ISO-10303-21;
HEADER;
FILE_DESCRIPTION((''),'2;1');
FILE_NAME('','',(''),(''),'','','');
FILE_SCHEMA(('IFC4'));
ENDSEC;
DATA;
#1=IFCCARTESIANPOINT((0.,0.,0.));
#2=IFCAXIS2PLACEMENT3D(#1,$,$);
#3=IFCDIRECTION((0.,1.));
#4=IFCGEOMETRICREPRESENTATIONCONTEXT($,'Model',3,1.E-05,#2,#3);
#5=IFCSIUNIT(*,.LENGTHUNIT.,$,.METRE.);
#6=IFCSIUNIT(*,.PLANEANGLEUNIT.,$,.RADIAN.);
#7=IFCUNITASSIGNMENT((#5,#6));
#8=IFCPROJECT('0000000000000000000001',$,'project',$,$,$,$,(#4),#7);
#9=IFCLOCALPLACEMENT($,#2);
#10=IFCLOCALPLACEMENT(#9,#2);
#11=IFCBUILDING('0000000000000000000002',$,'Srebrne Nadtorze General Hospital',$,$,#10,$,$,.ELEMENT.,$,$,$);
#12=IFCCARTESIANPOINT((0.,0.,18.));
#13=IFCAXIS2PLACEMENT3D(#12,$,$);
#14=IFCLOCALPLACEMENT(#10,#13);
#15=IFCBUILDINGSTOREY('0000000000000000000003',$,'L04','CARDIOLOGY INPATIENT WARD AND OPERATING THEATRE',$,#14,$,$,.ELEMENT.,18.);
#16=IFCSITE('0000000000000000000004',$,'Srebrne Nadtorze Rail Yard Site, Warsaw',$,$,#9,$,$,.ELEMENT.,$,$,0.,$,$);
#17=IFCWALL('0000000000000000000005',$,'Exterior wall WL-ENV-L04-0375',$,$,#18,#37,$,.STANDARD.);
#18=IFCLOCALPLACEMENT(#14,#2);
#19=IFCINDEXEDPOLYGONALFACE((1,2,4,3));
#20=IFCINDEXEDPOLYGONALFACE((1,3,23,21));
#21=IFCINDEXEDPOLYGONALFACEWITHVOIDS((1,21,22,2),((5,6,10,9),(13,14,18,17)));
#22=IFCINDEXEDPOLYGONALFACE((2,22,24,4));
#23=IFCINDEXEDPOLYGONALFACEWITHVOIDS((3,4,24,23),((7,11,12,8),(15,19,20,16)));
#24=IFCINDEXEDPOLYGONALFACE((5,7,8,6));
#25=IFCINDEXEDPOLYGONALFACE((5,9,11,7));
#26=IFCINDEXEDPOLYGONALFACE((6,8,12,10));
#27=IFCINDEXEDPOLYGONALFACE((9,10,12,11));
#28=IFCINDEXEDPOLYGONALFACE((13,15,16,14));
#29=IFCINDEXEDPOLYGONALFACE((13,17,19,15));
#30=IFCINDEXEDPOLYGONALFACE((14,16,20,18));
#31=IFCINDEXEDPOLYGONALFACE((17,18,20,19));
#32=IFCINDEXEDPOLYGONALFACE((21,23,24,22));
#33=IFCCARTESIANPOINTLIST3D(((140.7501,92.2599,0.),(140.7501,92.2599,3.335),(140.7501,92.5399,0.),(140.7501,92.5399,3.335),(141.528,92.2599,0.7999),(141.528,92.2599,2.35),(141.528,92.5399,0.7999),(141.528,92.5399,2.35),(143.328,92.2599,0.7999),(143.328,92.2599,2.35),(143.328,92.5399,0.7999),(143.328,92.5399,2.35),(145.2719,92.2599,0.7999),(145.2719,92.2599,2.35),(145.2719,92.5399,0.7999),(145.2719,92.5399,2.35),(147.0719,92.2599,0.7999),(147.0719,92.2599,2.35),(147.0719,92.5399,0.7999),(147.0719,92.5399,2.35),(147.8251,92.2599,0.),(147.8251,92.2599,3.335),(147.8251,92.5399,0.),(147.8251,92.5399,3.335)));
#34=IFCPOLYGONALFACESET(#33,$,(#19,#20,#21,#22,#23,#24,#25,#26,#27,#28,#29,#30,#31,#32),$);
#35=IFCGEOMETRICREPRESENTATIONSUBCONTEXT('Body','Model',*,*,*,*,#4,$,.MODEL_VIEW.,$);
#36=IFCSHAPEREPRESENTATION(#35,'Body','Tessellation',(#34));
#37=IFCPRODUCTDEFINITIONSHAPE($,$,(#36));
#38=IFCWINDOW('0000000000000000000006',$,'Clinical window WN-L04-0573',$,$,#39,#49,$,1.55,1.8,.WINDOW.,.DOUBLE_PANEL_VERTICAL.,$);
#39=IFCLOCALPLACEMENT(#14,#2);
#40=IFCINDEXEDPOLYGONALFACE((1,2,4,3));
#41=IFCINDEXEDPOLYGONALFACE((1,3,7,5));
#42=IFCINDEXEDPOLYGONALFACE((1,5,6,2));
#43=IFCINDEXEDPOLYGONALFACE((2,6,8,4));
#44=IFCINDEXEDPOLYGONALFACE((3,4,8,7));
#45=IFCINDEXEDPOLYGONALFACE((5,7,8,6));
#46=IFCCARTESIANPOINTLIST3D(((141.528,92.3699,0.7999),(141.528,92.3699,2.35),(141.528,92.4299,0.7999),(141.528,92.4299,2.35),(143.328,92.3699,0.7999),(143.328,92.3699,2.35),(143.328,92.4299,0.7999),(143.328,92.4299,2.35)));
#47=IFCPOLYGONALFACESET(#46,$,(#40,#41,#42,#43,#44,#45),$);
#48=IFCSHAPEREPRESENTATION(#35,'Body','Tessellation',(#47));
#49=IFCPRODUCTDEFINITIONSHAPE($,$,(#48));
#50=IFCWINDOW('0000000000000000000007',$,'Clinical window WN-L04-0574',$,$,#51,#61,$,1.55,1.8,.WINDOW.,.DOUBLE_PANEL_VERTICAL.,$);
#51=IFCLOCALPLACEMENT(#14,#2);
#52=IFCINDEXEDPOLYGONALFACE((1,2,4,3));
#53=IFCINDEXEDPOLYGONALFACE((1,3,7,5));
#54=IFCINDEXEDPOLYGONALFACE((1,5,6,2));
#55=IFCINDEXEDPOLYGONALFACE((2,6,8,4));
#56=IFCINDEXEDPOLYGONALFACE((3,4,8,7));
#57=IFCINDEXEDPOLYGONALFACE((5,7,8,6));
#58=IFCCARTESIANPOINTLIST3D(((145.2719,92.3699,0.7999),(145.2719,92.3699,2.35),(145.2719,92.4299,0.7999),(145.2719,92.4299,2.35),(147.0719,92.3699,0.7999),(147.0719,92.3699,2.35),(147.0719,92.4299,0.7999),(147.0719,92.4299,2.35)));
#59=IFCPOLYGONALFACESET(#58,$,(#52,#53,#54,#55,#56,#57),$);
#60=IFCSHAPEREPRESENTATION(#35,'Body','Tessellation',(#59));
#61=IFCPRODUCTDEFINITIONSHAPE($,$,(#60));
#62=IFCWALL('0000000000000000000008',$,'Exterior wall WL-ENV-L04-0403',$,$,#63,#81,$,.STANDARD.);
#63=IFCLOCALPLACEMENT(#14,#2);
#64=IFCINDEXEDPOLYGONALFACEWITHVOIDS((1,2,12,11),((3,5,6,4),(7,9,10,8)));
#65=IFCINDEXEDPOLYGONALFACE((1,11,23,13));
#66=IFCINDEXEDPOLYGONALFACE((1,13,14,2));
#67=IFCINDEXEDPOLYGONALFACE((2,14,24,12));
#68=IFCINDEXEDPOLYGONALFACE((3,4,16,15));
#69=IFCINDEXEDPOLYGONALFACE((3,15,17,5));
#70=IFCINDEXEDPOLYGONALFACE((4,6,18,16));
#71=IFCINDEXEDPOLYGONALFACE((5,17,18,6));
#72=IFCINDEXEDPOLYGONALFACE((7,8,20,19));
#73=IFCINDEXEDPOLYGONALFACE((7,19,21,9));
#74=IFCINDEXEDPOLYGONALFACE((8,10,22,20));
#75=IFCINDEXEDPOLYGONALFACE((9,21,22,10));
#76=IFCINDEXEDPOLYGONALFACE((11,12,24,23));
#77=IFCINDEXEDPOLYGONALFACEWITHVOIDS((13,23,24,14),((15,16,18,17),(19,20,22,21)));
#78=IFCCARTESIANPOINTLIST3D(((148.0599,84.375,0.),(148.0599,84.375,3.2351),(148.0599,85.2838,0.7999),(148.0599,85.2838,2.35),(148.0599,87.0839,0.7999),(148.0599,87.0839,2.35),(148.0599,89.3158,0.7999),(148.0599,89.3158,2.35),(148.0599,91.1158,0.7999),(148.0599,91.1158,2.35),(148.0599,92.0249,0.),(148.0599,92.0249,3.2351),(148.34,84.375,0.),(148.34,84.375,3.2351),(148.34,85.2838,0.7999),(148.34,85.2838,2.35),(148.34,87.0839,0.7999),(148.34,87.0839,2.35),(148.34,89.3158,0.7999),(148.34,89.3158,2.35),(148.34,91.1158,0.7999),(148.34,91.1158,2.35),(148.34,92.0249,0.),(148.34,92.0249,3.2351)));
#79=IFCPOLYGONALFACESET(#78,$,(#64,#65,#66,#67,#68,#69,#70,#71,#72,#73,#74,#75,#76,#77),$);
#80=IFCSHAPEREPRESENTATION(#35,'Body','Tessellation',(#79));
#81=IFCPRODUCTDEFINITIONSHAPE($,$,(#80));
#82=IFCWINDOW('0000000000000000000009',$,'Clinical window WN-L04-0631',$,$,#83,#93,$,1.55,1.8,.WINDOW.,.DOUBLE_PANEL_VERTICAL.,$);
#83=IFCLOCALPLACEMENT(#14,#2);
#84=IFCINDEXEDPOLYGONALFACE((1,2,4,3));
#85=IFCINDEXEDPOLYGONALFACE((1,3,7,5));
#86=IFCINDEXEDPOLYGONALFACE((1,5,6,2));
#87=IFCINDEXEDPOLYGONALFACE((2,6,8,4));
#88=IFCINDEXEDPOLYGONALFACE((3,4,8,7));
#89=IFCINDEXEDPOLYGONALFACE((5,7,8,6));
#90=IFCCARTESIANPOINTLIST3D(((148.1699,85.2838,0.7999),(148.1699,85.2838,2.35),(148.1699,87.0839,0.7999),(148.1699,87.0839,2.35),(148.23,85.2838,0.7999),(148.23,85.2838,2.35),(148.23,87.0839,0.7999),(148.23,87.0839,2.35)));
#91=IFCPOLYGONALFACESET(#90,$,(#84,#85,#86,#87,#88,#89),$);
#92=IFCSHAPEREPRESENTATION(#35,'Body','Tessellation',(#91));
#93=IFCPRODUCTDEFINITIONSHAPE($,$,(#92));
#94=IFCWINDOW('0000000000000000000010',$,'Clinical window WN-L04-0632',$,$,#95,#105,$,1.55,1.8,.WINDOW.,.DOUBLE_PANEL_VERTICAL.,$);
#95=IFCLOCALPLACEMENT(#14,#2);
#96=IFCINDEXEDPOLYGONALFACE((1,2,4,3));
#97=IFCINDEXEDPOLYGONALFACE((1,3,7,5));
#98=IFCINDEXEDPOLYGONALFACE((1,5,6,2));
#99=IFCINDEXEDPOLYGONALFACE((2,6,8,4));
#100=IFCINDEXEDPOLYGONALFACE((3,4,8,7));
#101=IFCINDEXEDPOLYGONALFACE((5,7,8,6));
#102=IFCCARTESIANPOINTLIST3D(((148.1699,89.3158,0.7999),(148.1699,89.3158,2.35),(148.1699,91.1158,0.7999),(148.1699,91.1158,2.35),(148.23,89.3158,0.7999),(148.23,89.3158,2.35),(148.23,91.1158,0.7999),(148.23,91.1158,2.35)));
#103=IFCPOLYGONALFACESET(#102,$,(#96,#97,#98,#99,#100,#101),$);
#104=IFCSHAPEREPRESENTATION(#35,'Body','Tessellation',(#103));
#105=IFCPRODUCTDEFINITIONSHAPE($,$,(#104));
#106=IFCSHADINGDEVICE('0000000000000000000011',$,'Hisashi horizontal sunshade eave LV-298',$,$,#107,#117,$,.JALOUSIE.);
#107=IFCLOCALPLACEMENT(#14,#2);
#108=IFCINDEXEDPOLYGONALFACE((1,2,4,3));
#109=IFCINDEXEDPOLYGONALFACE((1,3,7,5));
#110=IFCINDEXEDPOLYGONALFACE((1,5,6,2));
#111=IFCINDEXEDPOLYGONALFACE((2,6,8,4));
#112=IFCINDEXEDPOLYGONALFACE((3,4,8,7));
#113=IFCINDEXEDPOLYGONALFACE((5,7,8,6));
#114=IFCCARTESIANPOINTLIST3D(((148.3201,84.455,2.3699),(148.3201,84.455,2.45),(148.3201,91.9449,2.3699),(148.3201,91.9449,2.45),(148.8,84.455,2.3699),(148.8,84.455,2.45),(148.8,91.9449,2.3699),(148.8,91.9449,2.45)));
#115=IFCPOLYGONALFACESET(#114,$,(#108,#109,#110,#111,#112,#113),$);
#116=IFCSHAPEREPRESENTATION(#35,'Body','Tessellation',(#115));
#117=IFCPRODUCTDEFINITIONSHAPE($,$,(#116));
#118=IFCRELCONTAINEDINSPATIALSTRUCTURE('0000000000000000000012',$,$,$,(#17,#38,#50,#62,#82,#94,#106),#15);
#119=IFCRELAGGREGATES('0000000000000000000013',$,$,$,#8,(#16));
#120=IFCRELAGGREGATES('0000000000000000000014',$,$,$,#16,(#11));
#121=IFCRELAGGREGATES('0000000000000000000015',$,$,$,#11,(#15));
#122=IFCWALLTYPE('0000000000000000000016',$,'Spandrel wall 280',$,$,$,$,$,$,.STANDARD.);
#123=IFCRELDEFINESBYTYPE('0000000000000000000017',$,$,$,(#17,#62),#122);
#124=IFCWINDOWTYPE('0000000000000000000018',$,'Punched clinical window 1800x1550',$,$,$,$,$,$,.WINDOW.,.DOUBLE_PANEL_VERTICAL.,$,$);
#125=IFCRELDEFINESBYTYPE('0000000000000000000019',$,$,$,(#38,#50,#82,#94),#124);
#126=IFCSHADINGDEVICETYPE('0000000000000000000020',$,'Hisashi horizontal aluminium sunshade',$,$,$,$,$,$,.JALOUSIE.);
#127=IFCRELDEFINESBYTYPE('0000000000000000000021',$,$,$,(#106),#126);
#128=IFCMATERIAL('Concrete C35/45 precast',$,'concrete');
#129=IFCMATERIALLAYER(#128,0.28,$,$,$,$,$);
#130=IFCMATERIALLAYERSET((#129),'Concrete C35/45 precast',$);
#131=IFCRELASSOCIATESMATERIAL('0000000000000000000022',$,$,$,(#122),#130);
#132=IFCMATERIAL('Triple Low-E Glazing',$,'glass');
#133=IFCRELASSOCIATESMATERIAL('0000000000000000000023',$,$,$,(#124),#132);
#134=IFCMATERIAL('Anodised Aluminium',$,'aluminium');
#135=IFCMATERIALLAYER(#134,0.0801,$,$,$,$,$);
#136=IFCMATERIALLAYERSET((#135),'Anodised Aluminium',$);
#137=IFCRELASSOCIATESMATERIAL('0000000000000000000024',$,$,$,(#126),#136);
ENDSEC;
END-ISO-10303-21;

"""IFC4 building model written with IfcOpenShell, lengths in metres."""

from ifc_helpers import new_model, si_unit, direction, frame, frame_2d, origin, origin_2d, place, context, subcontext, project, spatial, rectangle, extrude, material, layer, layer_set, type_object, element, fill, save


model = new_model("IFC4")

# Units and contexts
model_context = context("Model", 3, precision=1e-05, world=origin(), true_north=direction((0.0, 1.0)))
body_context = subcontext(model_context, "Body", "Model", "MODEL_VIEW")
ifc_project = project(units=[si_unit("LENGTHUNIT", "METRE"), si_unit("PLANEANGLEUNIT", "RADIAN")], contexts=[model_context])

# Site, building, storey
site_placement = place(None, origin())
site = spatial("IfcSite", under=ifc_project, at=site_placement, Name="Srebrne Nadtorze Rail Yard Site, Warsaw", CompositionType="ELEMENT", RefElevation=0.0)
building_placement = place(site_placement, origin())
building = spatial("IfcBuilding", under=site, at=building_placement, Name="Srebrne Nadtorze General Hospital", CompositionType="ELEMENT")
storey_placement = place(building_placement, frame((0.0, 0.0, 18.0)))
storey = spatial("IfcBuildingStorey", under=building, at=storey_placement, Name="L04", Description="CARDIOLOGY INPATIENT WARD AND OPERATING THEATRE", CompositionType="ELEMENT", Elevation=18.0)

# Walls, openings, windows
ifc_material_1 = material(Name="Concrete C35/45 precast", Category="concrete")
ifc_layer_1 = layer(ifc_material_1, 0.28)
ifc_layer_set_1 = layer_set([ifc_layer_1], Name="Concrete C35/45 precast")
wall_type_1 = type_object("IfcWallType", Name="Spandrel wall 280", PredefinedType="STANDARD", material=ifc_layer_set_1)
wall_1_placement = place(storey_placement, frame((140.75, 92.3999, 0.0), z_axis=(0.0, 0.0, 1.0), x_axis=(1.0, 0.0, 0.0)))
wall_1 = element("IfcWall", 1, at=wall_1_placement, inside=storey, type_object=wall_type_1, Name="Exterior wall WL-ENV-L04-0375", PredefinedType="STANDARD", context=body_context, shape_type="SweptSolid", body=[
    extrude(rectangle(XDim=7.075, YDim=0.28, at=frame_2d((3.5376, 0.0))), origin(), (0.0, 0.0, 1.0), 3.335),
])
opening_1_placement = place(wall_1_placement, frame((0.7781, 0.0, 0.8)))
opening_1 = element("IfcOpeningElement", 2, at=opening_1_placement, cuts=wall_1, PredefinedType="OPENING", context=body_context, shape_type="SweptSolid", body=[
    extrude(rectangle(XDim=1.8, YDim=1.55, at=frame_2d((0.8999, 0.7749))), frame((0.0, 0.1519, 0.0), z_axis=(0.0, -1.0, 0.0), x_axis=(1.0, 0.0, 0.0)), (0.0, 0.0, 1.0), 0.304),
])
opening_2_placement = place(wall_1_placement, frame((4.522, 0.0, 0.8)))
opening_2 = element("IfcOpeningElement", 3, at=opening_2_placement, cuts=wall_1, PredefinedType="OPENING", context=body_context, shape_type="SweptSolid", body=[
    extrude(rectangle(XDim=1.8, YDim=1.55, at=frame_2d((0.8999, 0.7749))), frame((0.0, 0.1519, 0.0), z_axis=(0.0, -1.0, 0.0), x_axis=(1.0, 0.0, 0.0)), (0.0, 0.0, 1.0), 0.304),
])
ifc_material_2 = material(Name="Triple Low-E Glazing", Category="glass")
window_type = type_object("IfcWindowType", Name="Punched clinical window 1800x1550", PartitioningType="DOUBLE_PANEL_VERTICAL", PredefinedType="WINDOW", material=ifc_material_2)
window_1_placement = place(opening_1_placement, origin())
window_1 = element("IfcWindow", 4, at=window_1_placement, inside=storey, type_object=window_type, Name="Clinical window WN-L04-0573", OverallHeight=1.55, OverallWidth=1.8, PartitioningType="DOUBLE_PANEL_VERTICAL", PredefinedType="WINDOW", context=body_context, shape_type="SweptSolid", body=[
    extrude(rectangle(XDim=1.8, YDim=1.55, at=frame_2d((0.8999, 0.7749))), frame((0.0, 0.03, 0.0), z_axis=(0.0, -1.0, 0.0), x_axis=(1.0, 0.0, 0.0)), (0.0, 0.0, 1.0), 0.0601),
])
fill(opening_1, window_1)
window_2_placement = place(opening_2_placement, origin())
window_2 = element("IfcWindow", 5, at=window_2_placement, inside=storey, type_object=window_type, Name="Clinical window WN-L04-0574", OverallHeight=1.55, OverallWidth=1.8, PartitioningType="DOUBLE_PANEL_VERTICAL", PredefinedType="WINDOW", context=body_context, shape_type="SweptSolid", body=[
    extrude(rectangle(XDim=1.8, YDim=1.55, at=frame_2d((0.8999, 0.7749))), frame((0.0, 0.03, 0.0), z_axis=(0.0, -1.0, 0.0), x_axis=(1.0, 0.0, 0.0)), (0.0, 0.0, 1.0), 0.0601),
])
fill(opening_2, window_2)
wall_2_placement = place(storey_placement, frame((148.2, 84.375, 0.0), z_axis=(0.0, 0.0, 1.0), x_axis=(0.0, 1.0, 0.0)))
wall_2 = element("IfcWall", 6, at=wall_2_placement, inside=storey, type_object=wall_type_1, Name="Exterior wall WL-ENV-L04-0403", PredefinedType="STANDARD", context=body_context, shape_type="SweptSolid", body=[
    extrude(rectangle(XDim=7.6499, YDim=0.28, at=frame_2d((3.825, 0.0))), origin(), (0.0, 0.0, 1.0), 3.2351),
])
opening_3_placement = place(wall_2_placement, frame((0.9089, 0.0, 0.8)))
opening_3 = element("IfcOpeningElement", 7, at=opening_3_placement, cuts=wall_2, PredefinedType="OPENING", context=body_context, shape_type="SweptSolid", body=[
    extrude(rectangle(XDim=1.8, YDim=1.55, at=frame_2d((0.8999, 0.7749))), frame((0.0, 0.1519, 0.0), z_axis=(0.0, -1.0, 0.0), x_axis=(1.0, 0.0, 0.0)), (0.0, 0.0, 1.0), 0.304),
])
opening_4_placement = place(wall_2_placement, frame((4.9409, 0.0, 0.8)))
opening_4 = element("IfcOpeningElement", 8, at=opening_4_placement, cuts=wall_2, PredefinedType="OPENING", context=body_context, shape_type="SweptSolid", body=[
    extrude(rectangle(XDim=1.8, YDim=1.55, at=frame_2d((0.8999, 0.7749))), frame((0.0, 0.1519, 0.0), z_axis=(0.0, -1.0, 0.0), x_axis=(1.0, 0.0, 0.0)), (0.0, 0.0, 1.0), 0.304),
])
window_3_placement = place(opening_3_placement, origin())
window_3 = element("IfcWindow", 9, at=window_3_placement, inside=storey, type_object=window_type, Name="Clinical window WN-L04-0631", OverallHeight=1.55, OverallWidth=1.8, PartitioningType="DOUBLE_PANEL_VERTICAL", PredefinedType="WINDOW", context=body_context, shape_type="SweptSolid", body=[
    extrude(rectangle(XDim=1.8, YDim=1.55, at=frame_2d((0.8999, 0.7749))), frame((0.0, 0.03, 0.0), z_axis=(0.0, -1.0, 0.0), x_axis=(1.0, 0.0, 0.0)), (0.0, 0.0, 1.0), 0.0601),
])
fill(opening_3, window_3)
window_4_placement = place(opening_4_placement, origin())
window_4 = element("IfcWindow", 10, at=window_4_placement, inside=storey, type_object=window_type, Name="Clinical window WN-L04-0632", OverallHeight=1.55, OverallWidth=1.8, PartitioningType="DOUBLE_PANEL_VERTICAL", PredefinedType="WINDOW", context=body_context, shape_type="SweptSolid", body=[
    extrude(rectangle(XDim=1.8, YDim=1.55, at=frame_2d((0.8999, 0.7749))), frame((0.0, 0.03, 0.0), z_axis=(0.0, -1.0, 0.0), x_axis=(1.0, 0.0, 0.0)), (0.0, 0.0, 1.0), 0.0601),
])
fill(opening_4, window_4)

# Shading device
ifc_material_3 = material(Name="Anodised Aluminium", Category="aluminium")
ifc_layer_2 = layer(ifc_material_3, 0.0801)
ifc_layer_set_2 = layer_set([ifc_layer_2], Name="Anodised Aluminium")
shading_device_type = type_object("IfcShadingDeviceType", Name="Hisashi horizontal aluminium sunshade", PredefinedType="JALOUSIE", material=ifc_layer_set_2)
shading_device_placement = place(storey_placement, frame((148.5601, 88.2, 2.3699), z_axis=(0.0, 0.0, 1.0), x_axis=(1.0, 0.0, 0.0)))
element("IfcShadingDevice", 11, at=shading_device_placement, inside=storey, type_object=shading_device_type, Name="Hisashi horizontal sunshade eave LV-298", PredefinedType="JALOUSIE", context=body_context, shape_type="SweptSolid", body=[
    extrude(rectangle(XDim=0.48, YDim=7.49, at=origin_2d()), origin(), (0.0, 0.0, 1.0), 0.0801),
])

save(model, "model.ifc")
